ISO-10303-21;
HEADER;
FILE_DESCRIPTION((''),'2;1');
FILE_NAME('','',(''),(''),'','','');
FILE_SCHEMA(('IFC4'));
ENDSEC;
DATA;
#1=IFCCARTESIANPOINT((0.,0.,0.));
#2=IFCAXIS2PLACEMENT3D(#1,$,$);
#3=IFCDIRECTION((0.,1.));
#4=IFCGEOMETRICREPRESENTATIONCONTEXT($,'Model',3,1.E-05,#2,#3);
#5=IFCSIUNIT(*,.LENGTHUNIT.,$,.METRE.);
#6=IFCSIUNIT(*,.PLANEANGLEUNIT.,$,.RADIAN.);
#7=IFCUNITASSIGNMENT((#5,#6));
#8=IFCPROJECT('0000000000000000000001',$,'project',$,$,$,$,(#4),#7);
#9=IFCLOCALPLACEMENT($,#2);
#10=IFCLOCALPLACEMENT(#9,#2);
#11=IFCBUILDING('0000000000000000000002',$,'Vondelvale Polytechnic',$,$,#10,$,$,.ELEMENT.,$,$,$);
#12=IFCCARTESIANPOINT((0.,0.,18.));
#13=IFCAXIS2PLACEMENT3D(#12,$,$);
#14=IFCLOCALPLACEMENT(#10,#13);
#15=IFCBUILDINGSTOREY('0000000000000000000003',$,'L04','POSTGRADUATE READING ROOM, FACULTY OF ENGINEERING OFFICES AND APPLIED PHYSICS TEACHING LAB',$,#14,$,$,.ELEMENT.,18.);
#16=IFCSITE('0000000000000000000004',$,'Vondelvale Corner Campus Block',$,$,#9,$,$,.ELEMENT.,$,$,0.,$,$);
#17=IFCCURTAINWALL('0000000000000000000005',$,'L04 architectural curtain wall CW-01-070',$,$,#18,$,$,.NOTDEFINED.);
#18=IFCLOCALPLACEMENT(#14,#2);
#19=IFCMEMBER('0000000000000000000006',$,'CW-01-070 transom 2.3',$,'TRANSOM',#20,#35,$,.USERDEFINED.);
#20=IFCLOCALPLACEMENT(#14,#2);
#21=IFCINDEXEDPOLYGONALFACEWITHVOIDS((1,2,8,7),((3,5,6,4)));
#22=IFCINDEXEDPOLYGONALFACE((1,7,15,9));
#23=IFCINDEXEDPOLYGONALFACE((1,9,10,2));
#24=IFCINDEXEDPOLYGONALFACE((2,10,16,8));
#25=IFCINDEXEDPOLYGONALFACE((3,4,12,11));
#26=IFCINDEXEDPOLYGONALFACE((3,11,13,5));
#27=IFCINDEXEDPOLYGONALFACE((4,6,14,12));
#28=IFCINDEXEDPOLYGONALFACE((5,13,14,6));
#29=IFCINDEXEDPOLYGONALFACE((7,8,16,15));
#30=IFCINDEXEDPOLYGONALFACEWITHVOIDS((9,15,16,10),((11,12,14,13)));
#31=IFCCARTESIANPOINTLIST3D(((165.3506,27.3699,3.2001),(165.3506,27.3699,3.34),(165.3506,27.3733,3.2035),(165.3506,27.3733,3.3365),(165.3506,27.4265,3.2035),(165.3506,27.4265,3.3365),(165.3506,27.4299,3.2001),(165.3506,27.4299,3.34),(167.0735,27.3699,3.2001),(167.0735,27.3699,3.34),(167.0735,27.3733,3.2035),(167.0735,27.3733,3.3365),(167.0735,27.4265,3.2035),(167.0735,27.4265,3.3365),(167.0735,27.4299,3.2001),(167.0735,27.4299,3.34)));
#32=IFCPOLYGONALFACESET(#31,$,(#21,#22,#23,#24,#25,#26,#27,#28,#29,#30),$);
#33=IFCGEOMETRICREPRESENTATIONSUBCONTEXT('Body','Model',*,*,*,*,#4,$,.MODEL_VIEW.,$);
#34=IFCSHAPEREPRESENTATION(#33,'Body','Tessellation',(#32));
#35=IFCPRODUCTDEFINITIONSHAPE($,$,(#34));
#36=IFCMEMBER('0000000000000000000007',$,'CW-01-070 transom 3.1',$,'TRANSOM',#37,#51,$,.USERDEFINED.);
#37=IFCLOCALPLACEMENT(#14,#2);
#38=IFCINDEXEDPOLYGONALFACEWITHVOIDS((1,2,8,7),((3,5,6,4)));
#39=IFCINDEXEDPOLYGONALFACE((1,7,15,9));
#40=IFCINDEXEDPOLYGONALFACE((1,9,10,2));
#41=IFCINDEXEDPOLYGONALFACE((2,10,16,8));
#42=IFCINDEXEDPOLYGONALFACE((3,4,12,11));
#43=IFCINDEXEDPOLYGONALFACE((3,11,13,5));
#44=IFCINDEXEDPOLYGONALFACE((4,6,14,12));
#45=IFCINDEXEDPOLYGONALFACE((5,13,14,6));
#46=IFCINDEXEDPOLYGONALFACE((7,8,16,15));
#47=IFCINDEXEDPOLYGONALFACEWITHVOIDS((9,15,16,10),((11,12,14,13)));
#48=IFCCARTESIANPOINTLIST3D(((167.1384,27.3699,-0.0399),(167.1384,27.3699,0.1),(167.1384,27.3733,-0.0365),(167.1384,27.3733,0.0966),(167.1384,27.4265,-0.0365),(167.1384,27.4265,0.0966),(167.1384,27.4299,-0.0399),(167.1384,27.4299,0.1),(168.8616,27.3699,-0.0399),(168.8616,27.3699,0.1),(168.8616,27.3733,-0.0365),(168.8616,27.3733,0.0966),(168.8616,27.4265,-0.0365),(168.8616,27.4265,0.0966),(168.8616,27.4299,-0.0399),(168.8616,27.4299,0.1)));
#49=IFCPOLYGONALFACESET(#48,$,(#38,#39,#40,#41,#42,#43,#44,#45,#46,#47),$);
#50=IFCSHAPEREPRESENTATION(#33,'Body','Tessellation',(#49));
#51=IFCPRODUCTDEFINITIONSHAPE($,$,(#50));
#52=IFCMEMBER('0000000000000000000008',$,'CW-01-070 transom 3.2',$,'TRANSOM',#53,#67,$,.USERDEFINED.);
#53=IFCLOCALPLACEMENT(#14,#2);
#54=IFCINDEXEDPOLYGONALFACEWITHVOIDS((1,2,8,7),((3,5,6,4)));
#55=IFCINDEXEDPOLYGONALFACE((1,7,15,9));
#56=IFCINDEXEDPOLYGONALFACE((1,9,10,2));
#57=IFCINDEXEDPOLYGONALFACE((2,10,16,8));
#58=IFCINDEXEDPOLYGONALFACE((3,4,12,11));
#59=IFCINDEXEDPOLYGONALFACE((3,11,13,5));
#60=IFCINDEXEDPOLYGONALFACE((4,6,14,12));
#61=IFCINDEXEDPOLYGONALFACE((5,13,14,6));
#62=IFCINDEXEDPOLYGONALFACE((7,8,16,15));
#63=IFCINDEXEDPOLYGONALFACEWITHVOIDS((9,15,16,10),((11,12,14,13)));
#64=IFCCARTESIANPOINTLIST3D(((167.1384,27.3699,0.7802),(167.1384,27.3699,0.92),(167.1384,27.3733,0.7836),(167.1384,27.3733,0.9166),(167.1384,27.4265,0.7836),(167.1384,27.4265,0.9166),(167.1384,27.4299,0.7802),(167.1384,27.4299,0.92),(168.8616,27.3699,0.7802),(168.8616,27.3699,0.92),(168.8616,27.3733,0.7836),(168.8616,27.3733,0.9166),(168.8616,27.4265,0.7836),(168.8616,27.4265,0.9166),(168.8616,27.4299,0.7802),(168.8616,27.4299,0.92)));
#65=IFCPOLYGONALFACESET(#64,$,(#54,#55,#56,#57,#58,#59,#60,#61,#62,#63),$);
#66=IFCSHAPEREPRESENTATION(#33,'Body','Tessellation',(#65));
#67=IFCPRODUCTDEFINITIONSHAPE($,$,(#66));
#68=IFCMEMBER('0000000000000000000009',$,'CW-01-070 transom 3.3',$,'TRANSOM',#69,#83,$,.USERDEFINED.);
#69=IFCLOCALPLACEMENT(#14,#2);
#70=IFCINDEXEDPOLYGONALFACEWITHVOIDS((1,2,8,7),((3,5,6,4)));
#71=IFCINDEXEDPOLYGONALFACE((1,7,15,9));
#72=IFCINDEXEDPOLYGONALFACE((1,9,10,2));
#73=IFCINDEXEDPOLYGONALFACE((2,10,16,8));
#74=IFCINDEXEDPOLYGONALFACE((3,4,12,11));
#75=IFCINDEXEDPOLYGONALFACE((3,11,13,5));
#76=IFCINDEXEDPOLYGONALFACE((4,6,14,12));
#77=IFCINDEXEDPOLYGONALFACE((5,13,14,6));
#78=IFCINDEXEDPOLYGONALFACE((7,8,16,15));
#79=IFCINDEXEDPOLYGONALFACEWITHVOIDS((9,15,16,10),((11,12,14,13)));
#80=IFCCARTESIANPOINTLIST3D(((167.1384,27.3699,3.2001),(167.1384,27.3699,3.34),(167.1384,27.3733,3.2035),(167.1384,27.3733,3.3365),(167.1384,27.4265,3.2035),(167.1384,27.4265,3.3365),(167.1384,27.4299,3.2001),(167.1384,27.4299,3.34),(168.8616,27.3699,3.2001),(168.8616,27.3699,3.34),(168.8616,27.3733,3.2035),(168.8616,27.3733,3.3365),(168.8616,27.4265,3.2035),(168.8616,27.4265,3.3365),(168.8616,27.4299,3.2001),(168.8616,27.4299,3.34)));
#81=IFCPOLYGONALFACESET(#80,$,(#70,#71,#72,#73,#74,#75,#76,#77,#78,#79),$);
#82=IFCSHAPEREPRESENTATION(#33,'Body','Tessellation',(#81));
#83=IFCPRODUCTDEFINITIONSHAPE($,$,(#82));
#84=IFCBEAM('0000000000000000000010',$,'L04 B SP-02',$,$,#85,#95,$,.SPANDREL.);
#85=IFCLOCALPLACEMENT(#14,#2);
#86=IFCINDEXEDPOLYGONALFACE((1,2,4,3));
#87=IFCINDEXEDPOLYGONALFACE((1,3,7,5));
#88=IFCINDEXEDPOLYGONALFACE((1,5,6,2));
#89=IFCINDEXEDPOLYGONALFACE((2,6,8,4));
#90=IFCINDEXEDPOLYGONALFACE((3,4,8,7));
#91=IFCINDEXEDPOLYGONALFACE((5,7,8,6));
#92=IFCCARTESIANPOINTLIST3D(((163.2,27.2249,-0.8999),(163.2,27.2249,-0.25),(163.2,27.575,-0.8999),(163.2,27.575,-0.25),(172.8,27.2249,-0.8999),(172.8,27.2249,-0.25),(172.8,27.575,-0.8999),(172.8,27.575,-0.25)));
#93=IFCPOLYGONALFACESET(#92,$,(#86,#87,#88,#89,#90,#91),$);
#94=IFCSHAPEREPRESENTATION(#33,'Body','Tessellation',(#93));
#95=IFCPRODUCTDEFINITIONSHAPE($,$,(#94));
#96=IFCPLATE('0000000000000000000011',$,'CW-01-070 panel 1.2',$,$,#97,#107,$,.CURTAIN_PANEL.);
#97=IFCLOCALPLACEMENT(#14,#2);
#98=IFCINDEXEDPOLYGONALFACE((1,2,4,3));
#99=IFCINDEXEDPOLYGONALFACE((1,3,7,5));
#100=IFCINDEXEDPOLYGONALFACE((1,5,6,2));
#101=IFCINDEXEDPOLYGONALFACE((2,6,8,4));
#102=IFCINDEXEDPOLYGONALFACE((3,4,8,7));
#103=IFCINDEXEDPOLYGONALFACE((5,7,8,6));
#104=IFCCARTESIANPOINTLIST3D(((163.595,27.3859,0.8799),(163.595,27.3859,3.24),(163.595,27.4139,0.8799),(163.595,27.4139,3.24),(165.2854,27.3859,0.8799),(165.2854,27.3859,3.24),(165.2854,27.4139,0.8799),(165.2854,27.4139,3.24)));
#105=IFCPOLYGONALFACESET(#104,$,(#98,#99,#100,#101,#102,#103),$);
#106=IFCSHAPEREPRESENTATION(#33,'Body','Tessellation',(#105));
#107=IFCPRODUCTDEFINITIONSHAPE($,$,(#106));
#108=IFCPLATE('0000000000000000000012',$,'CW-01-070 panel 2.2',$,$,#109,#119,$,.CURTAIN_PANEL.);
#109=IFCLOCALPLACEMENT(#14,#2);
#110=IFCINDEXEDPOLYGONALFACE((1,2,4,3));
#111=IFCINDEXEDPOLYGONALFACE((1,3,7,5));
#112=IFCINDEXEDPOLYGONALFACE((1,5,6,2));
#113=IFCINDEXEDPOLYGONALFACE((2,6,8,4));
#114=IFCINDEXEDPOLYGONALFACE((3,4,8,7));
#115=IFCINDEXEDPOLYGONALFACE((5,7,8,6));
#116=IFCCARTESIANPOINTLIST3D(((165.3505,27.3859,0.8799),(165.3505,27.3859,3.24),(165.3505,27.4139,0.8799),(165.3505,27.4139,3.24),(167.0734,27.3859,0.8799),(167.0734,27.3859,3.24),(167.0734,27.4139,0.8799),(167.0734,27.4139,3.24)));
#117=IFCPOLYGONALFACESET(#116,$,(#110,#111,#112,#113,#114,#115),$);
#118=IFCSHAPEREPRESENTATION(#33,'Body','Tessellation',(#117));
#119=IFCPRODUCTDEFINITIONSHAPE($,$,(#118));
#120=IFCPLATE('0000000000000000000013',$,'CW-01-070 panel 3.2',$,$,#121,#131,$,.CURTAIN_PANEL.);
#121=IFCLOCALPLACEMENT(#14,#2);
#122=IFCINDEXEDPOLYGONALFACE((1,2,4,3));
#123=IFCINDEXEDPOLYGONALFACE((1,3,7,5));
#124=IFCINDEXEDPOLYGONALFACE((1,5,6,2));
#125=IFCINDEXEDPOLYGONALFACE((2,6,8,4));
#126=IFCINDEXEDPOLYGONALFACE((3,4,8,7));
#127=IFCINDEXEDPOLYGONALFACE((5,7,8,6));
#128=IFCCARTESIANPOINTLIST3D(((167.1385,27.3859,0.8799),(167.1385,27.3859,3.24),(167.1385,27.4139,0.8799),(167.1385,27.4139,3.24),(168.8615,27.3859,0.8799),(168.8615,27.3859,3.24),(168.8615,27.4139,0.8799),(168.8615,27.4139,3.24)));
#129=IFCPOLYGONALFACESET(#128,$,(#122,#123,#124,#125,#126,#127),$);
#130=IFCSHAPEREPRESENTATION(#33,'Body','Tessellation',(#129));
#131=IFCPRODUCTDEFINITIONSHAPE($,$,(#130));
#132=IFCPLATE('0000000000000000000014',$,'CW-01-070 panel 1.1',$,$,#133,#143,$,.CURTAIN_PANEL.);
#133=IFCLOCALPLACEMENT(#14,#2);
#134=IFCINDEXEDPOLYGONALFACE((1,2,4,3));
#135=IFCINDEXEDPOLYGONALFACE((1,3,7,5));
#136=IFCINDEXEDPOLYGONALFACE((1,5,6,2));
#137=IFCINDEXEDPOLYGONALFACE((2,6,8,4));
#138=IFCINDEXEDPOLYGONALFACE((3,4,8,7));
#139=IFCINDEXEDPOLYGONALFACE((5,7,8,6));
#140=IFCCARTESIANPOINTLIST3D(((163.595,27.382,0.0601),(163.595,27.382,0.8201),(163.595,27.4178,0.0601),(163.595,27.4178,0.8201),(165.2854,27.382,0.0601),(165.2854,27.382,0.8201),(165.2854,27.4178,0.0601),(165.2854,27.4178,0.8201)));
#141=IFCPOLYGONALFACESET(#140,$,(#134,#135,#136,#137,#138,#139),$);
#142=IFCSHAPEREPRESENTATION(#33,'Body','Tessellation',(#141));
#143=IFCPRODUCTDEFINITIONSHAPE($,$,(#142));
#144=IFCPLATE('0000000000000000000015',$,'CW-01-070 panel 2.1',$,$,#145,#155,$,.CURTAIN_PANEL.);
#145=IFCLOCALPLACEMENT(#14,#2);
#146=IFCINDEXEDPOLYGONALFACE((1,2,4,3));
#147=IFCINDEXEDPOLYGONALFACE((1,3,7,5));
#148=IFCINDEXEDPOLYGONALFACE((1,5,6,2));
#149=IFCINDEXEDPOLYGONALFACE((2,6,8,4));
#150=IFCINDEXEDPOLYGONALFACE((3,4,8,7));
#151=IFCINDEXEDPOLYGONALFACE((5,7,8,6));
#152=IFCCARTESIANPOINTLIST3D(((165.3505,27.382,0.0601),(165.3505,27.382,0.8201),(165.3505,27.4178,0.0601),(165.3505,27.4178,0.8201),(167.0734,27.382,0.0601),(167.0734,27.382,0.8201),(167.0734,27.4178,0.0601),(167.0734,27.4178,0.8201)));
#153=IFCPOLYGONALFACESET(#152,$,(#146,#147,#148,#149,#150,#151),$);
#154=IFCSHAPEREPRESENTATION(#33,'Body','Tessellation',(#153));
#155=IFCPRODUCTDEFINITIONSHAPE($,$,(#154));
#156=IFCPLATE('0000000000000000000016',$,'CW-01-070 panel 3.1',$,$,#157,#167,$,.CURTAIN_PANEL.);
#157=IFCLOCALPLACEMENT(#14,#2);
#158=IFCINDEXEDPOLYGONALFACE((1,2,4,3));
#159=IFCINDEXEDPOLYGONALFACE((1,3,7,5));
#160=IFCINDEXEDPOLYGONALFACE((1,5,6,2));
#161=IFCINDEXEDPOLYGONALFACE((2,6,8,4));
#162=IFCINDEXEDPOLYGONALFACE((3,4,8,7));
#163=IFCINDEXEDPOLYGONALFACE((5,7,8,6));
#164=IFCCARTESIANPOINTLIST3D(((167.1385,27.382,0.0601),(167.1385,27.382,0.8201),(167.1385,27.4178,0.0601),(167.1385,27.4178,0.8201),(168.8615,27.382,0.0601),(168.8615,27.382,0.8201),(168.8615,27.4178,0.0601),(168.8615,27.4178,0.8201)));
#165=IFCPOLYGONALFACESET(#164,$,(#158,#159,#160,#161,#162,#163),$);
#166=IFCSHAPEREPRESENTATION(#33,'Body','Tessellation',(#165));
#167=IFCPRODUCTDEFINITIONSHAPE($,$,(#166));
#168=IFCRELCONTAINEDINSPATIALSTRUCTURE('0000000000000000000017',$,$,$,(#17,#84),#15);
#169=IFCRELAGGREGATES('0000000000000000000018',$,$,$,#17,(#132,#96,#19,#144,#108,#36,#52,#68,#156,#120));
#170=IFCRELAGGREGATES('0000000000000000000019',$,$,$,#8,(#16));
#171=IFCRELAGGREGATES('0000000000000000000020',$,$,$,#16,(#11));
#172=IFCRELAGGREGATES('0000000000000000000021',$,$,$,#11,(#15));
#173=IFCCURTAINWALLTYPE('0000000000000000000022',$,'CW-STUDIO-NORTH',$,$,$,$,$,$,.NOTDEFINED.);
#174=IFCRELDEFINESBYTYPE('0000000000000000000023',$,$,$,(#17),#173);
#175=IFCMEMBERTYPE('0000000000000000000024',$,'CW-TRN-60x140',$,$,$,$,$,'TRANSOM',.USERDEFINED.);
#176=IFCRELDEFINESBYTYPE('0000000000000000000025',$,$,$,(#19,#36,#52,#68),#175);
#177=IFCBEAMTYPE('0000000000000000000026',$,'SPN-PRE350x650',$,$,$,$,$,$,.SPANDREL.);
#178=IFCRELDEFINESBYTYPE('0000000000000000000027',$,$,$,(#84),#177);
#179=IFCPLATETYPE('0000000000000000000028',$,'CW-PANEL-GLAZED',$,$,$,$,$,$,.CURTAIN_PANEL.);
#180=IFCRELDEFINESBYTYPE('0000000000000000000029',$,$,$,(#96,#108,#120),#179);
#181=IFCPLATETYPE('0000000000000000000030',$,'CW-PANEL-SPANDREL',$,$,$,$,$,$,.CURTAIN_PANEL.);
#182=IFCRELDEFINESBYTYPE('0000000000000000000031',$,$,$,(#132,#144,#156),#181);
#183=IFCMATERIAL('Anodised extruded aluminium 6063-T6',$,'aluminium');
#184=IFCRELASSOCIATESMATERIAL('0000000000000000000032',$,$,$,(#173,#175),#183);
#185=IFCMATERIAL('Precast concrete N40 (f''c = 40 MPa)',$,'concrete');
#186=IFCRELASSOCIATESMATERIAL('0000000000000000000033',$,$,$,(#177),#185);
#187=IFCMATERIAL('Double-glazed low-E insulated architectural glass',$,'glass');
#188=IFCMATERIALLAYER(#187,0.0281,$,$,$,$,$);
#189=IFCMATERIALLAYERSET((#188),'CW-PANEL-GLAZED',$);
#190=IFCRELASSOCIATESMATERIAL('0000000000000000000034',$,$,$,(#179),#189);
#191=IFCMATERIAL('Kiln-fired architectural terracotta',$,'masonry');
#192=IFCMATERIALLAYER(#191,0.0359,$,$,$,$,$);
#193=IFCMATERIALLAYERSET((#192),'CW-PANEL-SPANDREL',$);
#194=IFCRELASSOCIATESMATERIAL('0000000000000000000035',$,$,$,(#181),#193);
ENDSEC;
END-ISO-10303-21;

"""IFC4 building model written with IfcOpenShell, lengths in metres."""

from ifc_helpers import new_model, si_unit, direction, frame, origin, origin_2d, place, context, subcontext, project, spatial, rectangle, hollow_rectangle, extrude, material, layer, layer_set, material_profile, profile_set, type_object, element, aggregate, save


model = new_model("IFC4")

# Units and contexts
model_context = context("Model", 3, precision=1e-05, world=origin(), true_north=direction((0.0, 1.0)))
body_context = subcontext(model_context, "Body", "Model", "MODEL_VIEW")
ifc_project = project(units=[si_unit("LENGTHUNIT", "METRE"), si_unit("PLANEANGLEUNIT", "RADIAN")], contexts=[model_context])

# Site, building, storey
site_placement = place(None, origin())
site = spatial("IfcSite", under=ifc_project, at=site_placement, Name="Vondelvale Corner Campus Block", CompositionType="ELEMENT", RefElevation=0.0)
building_placement = place(site_placement, origin())
building = spatial("IfcBuilding", under=site, at=building_placement, Name="Vondelvale Polytechnic", CompositionType="ELEMENT")
storey_placement = place(building_placement, frame((0.0, 0.0, 18.0)))
storey = spatial("IfcBuildingStorey", under=building, at=storey_placement, Name="L04", Description="POSTGRADUATE READING ROOM, FACULTY OF ENGINEERING OFFICES AND APPLIED PHYSICS TEACHING LAB", CompositionType="ELEMENT", Elevation=18.0)

# Curtain wall, members
ifc_material_1 = material(Name="Anodised extruded aluminium 6063-T6", Category="aluminium")
curtain_wall_type = type_object("IfcCurtainWallType", Name="CW-STUDIO-NORTH", PredefinedType="NOTDEFINED", material=ifc_material_1)
curtain_wall_placement = place(storey_placement, origin())
curtain_wall = element("IfcCurtainWall", 1, at=curtain_wall_placement, inside=storey, type_object=curtain_wall_type, Name="L04 architectural curtain wall CW-01-070", PredefinedType="NOTDEFINED")
ifc_material_profile_1 = material_profile(ifc_material_1, hollow_rectangle(XDim=0.0601, YDim=0.1399, WallThickness=0.0034, at=origin_2d()), Name="CW-TRN-140x60")
ifc_profile_set_1 = profile_set([ifc_material_profile_1], Name="Anodised extruded aluminium 6063-T6")
member_type_1 = type_object("IfcMemberType", Name="CW-TRN-60x140", ElementType="TRANSOM", PredefinedType="USERDEFINED", material=ifc_profile_set_1)
member_1_placement = place(storey_placement, frame((165.3506, 27.3999, 3.27), z_axis=(1.0, 0.0, 0.0), x_axis=(0.0, 1.0, 0.0)))
member_1 = element("IfcMember", 2, at=member_1_placement, type_object=member_type_1, Name="CW-01-070 transom 2.3", ObjectType="TRANSOM", PredefinedType="USERDEFINED", context=body_context, shape_type="SweptSolid", body=[
    extrude(hollow_rectangle(XDim=0.0601, YDim=0.1399, WallThickness=0.0034, at=origin_2d()), origin(), (0.0, 0.0, 1.0), 1.7229),
])
member_2_placement = place(storey_placement, frame((167.1384, 27.3999, 0.03), z_axis=(1.0, 0.0, 0.0), x_axis=(0.0, 1.0, 0.0)))
member_2 = element("IfcMember", 3, at=member_2_placement, type_object=member_type_1, Name="CW-01-070 transom 3.1", ObjectType="TRANSOM", PredefinedType="USERDEFINED", context=body_context, shape_type="SweptSolid", body=[
    extrude(hollow_rectangle(XDim=0.0601, YDim=0.1399, WallThickness=0.0034, at=origin_2d()), origin(), (0.0, 0.0, 1.0), 1.7231),
])
member_3_placement = place(storey_placement, frame((167.1384, 27.3999, 0.8501), z_axis=(1.0, 0.0, 0.0), x_axis=(0.0, 1.0, 0.0)))
member_3 = element("IfcMember", 4, at=member_3_placement, type_object=member_type_1, Name="CW-01-070 transom 3.2", ObjectType="TRANSOM", PredefinedType="USERDEFINED", context=body_context, shape_type="SweptSolid", body=[
    extrude(hollow_rectangle(XDim=0.0601, YDim=0.1399, WallThickness=0.0034, at=origin_2d()), origin(), (0.0, 0.0, 1.0), 1.7231),
])
member_4_placement = place(storey_placement, frame((167.1384, 27.3999, 3.27), z_axis=(1.0, 0.0, 0.0), x_axis=(0.0, 1.0, 0.0)))
member_4 = element("IfcMember", 5, at=member_4_placement, type_object=member_type_1, Name="CW-01-070 transom 3.3", ObjectType="TRANSOM", PredefinedType="USERDEFINED", context=body_context, shape_type="SweptSolid", body=[
    extrude(hollow_rectangle(XDim=0.0601, YDim=0.1399, WallThickness=0.0034, at=origin_2d()), origin(), (0.0, 0.0, 1.0), 1.7231),
])

# Beam
ifc_material_2 = material(Name="Precast concrete N40 (f'c = 40 MPa)", Category="concrete")
ifc_material_profile_2 = material_profile(ifc_material_2, rectangle(XDim=0.3501, YDim=0.6499, at=origin_2d()), Name="RC-SPN-350x650")
ifc_profile_set_2 = profile_set([ifc_material_profile_2], Name="Precast concrete N40 (f'c = 40 MPa)")
beam_type = type_object("IfcBeamType", Name="SPN-PRE350x650", PredefinedType="SPANDREL", material=ifc_profile_set_2)
beam_placement = place(storey_placement, frame((163.2, 27.3999, -0.575), z_axis=(1.0, 0.0, 0.0), x_axis=(0.0, 1.0, 0.0)))
element("IfcBeam", 6, at=beam_placement, inside=storey, type_object=beam_type, Name="L04 B SP-02", PredefinedType="SPANDREL", context=body_context, shape_type="SweptSolid", body=[
    extrude(rectangle(XDim=0.3501, YDim=0.6499, at=origin_2d()), origin(), (0.0, 0.0, 1.0), 9.6001),
])

# Plates
ifc_material_3 = material(Name="Double-glazed low-E insulated architectural glass", Category="glass")
ifc_layer_1 = layer(ifc_material_3, 0.0281)
ifc_layer_set_1 = layer_set([ifc_layer_1], Name="CW-PANEL-GLAZED")
plate_type_1 = type_object("IfcPlateType", Name="CW-PANEL-GLAZED", PredefinedType="CURTAIN_PANEL", material=ifc_layer_set_1)
plate_1_placement = place(storey_placement, frame((164.4402, 27.3999, 0.8799), z_axis=(0.0, 0.0, 1.0), x_axis=(1.0, 0.0, 0.0)))
plate_1 = element("IfcPlate", 7, at=plate_1_placement, type_object=plate_type_1, Name="CW-01-070 panel 1.2", PredefinedType="CURTAIN_PANEL", context=body_context, shape_type="SweptSolid", body=[
    extrude(rectangle(XDim=1.6904, YDim=0.0281, at=origin_2d()), origin(), (0.0, 0.0, 1.0), 2.3601),
])
plate_2_placement = place(storey_placement, frame((166.2119, 27.3999, 0.8799), z_axis=(0.0, 0.0, 1.0), x_axis=(1.0, 0.0, 0.0)))
plate_2 = element("IfcPlate", 8, at=plate_2_placement, type_object=plate_type_1, Name="CW-01-070 panel 2.2", PredefinedType="CURTAIN_PANEL", context=body_context, shape_type="SweptSolid", body=[
    extrude(rectangle(XDim=1.7229, YDim=0.0281, at=origin_2d()), origin(), (0.0, 0.0, 1.0), 2.3601),
])
plate_3_placement = place(storey_placement, frame((168.0, 27.3999, 0.8799), z_axis=(0.0, 0.0, 1.0), x_axis=(1.0, 0.0, 0.0)))
plate_3 = element("IfcPlate", 9, at=plate_3_placement, type_object=plate_type_1, Name="CW-01-070 panel 3.2", PredefinedType="CURTAIN_PANEL", context=body_context, shape_type="SweptSolid", body=[
    extrude(rectangle(XDim=1.7229, YDim=0.0281, at=origin_2d()), origin(), (0.0, 0.0, 1.0), 2.3601),
])
ifc_material_4 = material(Name="Kiln-fired architectural terracotta", Category="masonry")
ifc_layer_2 = layer(ifc_material_4, 0.0359)
ifc_layer_set_2 = layer_set([ifc_layer_2], Name="CW-PANEL-SPANDREL")
plate_type_2 = type_object("IfcPlateType", Name="CW-PANEL-SPANDREL", PredefinedType="CURTAIN_PANEL", material=ifc_layer_set_2)
plate_4_placement = place(storey_placement, frame((164.4402, 27.3999, 0.0601), z_axis=(0.0, 0.0, 1.0), x_axis=(1.0, 0.0, 0.0)))
plate_4 = element("IfcPlate", 10, at=plate_4_placement, type_object=plate_type_2, Name="CW-01-070 panel 1.1", PredefinedType="CURTAIN_PANEL", context=body_context, shape_type="SweptSolid", body=[
    extrude(rectangle(XDim=1.6904, YDim=0.0359, at=origin_2d()), origin(), (0.0, 0.0, 1.0), 0.76),
])
plate_5_placement = place(storey_placement, frame((166.2119, 27.3999, 0.0601), z_axis=(0.0, 0.0, 1.0), x_axis=(1.0, 0.0, 0.0)))
plate_5 = element("IfcPlate", 11, at=plate_5_placement, type_object=plate_type_2, Name="CW-01-070 panel 2.1", PredefinedType="CURTAIN_PANEL", context=body_context, shape_type="SweptSolid", body=[
    extrude(rectangle(XDim=1.7229, YDim=0.0359, at=origin_2d()), origin(), (0.0, 0.0, 1.0), 0.76),
])
plate_6_placement = place(storey_placement, frame((168.0, 27.3999, 0.0601), z_axis=(0.0, 0.0, 1.0), x_axis=(1.0, 0.0, 0.0)))
plate_6 = element("IfcPlate", 12, at=plate_6_placement, type_object=plate_type_2, Name="CW-01-070 panel 3.1", PredefinedType="CURTAIN_PANEL", context=body_context, shape_type="SweptSolid", body=[
    extrude(rectangle(XDim=1.7229, YDim=0.0359, at=origin_2d()), origin(), (0.0, 0.0, 1.0), 0.76),
])
aggregate(curtain_wall, [plate_4, plate_1, member_1, plate_5, plate_2, member_2, member_3, member_4, plate_6, plate_3])

save(model, "model.ifc")
